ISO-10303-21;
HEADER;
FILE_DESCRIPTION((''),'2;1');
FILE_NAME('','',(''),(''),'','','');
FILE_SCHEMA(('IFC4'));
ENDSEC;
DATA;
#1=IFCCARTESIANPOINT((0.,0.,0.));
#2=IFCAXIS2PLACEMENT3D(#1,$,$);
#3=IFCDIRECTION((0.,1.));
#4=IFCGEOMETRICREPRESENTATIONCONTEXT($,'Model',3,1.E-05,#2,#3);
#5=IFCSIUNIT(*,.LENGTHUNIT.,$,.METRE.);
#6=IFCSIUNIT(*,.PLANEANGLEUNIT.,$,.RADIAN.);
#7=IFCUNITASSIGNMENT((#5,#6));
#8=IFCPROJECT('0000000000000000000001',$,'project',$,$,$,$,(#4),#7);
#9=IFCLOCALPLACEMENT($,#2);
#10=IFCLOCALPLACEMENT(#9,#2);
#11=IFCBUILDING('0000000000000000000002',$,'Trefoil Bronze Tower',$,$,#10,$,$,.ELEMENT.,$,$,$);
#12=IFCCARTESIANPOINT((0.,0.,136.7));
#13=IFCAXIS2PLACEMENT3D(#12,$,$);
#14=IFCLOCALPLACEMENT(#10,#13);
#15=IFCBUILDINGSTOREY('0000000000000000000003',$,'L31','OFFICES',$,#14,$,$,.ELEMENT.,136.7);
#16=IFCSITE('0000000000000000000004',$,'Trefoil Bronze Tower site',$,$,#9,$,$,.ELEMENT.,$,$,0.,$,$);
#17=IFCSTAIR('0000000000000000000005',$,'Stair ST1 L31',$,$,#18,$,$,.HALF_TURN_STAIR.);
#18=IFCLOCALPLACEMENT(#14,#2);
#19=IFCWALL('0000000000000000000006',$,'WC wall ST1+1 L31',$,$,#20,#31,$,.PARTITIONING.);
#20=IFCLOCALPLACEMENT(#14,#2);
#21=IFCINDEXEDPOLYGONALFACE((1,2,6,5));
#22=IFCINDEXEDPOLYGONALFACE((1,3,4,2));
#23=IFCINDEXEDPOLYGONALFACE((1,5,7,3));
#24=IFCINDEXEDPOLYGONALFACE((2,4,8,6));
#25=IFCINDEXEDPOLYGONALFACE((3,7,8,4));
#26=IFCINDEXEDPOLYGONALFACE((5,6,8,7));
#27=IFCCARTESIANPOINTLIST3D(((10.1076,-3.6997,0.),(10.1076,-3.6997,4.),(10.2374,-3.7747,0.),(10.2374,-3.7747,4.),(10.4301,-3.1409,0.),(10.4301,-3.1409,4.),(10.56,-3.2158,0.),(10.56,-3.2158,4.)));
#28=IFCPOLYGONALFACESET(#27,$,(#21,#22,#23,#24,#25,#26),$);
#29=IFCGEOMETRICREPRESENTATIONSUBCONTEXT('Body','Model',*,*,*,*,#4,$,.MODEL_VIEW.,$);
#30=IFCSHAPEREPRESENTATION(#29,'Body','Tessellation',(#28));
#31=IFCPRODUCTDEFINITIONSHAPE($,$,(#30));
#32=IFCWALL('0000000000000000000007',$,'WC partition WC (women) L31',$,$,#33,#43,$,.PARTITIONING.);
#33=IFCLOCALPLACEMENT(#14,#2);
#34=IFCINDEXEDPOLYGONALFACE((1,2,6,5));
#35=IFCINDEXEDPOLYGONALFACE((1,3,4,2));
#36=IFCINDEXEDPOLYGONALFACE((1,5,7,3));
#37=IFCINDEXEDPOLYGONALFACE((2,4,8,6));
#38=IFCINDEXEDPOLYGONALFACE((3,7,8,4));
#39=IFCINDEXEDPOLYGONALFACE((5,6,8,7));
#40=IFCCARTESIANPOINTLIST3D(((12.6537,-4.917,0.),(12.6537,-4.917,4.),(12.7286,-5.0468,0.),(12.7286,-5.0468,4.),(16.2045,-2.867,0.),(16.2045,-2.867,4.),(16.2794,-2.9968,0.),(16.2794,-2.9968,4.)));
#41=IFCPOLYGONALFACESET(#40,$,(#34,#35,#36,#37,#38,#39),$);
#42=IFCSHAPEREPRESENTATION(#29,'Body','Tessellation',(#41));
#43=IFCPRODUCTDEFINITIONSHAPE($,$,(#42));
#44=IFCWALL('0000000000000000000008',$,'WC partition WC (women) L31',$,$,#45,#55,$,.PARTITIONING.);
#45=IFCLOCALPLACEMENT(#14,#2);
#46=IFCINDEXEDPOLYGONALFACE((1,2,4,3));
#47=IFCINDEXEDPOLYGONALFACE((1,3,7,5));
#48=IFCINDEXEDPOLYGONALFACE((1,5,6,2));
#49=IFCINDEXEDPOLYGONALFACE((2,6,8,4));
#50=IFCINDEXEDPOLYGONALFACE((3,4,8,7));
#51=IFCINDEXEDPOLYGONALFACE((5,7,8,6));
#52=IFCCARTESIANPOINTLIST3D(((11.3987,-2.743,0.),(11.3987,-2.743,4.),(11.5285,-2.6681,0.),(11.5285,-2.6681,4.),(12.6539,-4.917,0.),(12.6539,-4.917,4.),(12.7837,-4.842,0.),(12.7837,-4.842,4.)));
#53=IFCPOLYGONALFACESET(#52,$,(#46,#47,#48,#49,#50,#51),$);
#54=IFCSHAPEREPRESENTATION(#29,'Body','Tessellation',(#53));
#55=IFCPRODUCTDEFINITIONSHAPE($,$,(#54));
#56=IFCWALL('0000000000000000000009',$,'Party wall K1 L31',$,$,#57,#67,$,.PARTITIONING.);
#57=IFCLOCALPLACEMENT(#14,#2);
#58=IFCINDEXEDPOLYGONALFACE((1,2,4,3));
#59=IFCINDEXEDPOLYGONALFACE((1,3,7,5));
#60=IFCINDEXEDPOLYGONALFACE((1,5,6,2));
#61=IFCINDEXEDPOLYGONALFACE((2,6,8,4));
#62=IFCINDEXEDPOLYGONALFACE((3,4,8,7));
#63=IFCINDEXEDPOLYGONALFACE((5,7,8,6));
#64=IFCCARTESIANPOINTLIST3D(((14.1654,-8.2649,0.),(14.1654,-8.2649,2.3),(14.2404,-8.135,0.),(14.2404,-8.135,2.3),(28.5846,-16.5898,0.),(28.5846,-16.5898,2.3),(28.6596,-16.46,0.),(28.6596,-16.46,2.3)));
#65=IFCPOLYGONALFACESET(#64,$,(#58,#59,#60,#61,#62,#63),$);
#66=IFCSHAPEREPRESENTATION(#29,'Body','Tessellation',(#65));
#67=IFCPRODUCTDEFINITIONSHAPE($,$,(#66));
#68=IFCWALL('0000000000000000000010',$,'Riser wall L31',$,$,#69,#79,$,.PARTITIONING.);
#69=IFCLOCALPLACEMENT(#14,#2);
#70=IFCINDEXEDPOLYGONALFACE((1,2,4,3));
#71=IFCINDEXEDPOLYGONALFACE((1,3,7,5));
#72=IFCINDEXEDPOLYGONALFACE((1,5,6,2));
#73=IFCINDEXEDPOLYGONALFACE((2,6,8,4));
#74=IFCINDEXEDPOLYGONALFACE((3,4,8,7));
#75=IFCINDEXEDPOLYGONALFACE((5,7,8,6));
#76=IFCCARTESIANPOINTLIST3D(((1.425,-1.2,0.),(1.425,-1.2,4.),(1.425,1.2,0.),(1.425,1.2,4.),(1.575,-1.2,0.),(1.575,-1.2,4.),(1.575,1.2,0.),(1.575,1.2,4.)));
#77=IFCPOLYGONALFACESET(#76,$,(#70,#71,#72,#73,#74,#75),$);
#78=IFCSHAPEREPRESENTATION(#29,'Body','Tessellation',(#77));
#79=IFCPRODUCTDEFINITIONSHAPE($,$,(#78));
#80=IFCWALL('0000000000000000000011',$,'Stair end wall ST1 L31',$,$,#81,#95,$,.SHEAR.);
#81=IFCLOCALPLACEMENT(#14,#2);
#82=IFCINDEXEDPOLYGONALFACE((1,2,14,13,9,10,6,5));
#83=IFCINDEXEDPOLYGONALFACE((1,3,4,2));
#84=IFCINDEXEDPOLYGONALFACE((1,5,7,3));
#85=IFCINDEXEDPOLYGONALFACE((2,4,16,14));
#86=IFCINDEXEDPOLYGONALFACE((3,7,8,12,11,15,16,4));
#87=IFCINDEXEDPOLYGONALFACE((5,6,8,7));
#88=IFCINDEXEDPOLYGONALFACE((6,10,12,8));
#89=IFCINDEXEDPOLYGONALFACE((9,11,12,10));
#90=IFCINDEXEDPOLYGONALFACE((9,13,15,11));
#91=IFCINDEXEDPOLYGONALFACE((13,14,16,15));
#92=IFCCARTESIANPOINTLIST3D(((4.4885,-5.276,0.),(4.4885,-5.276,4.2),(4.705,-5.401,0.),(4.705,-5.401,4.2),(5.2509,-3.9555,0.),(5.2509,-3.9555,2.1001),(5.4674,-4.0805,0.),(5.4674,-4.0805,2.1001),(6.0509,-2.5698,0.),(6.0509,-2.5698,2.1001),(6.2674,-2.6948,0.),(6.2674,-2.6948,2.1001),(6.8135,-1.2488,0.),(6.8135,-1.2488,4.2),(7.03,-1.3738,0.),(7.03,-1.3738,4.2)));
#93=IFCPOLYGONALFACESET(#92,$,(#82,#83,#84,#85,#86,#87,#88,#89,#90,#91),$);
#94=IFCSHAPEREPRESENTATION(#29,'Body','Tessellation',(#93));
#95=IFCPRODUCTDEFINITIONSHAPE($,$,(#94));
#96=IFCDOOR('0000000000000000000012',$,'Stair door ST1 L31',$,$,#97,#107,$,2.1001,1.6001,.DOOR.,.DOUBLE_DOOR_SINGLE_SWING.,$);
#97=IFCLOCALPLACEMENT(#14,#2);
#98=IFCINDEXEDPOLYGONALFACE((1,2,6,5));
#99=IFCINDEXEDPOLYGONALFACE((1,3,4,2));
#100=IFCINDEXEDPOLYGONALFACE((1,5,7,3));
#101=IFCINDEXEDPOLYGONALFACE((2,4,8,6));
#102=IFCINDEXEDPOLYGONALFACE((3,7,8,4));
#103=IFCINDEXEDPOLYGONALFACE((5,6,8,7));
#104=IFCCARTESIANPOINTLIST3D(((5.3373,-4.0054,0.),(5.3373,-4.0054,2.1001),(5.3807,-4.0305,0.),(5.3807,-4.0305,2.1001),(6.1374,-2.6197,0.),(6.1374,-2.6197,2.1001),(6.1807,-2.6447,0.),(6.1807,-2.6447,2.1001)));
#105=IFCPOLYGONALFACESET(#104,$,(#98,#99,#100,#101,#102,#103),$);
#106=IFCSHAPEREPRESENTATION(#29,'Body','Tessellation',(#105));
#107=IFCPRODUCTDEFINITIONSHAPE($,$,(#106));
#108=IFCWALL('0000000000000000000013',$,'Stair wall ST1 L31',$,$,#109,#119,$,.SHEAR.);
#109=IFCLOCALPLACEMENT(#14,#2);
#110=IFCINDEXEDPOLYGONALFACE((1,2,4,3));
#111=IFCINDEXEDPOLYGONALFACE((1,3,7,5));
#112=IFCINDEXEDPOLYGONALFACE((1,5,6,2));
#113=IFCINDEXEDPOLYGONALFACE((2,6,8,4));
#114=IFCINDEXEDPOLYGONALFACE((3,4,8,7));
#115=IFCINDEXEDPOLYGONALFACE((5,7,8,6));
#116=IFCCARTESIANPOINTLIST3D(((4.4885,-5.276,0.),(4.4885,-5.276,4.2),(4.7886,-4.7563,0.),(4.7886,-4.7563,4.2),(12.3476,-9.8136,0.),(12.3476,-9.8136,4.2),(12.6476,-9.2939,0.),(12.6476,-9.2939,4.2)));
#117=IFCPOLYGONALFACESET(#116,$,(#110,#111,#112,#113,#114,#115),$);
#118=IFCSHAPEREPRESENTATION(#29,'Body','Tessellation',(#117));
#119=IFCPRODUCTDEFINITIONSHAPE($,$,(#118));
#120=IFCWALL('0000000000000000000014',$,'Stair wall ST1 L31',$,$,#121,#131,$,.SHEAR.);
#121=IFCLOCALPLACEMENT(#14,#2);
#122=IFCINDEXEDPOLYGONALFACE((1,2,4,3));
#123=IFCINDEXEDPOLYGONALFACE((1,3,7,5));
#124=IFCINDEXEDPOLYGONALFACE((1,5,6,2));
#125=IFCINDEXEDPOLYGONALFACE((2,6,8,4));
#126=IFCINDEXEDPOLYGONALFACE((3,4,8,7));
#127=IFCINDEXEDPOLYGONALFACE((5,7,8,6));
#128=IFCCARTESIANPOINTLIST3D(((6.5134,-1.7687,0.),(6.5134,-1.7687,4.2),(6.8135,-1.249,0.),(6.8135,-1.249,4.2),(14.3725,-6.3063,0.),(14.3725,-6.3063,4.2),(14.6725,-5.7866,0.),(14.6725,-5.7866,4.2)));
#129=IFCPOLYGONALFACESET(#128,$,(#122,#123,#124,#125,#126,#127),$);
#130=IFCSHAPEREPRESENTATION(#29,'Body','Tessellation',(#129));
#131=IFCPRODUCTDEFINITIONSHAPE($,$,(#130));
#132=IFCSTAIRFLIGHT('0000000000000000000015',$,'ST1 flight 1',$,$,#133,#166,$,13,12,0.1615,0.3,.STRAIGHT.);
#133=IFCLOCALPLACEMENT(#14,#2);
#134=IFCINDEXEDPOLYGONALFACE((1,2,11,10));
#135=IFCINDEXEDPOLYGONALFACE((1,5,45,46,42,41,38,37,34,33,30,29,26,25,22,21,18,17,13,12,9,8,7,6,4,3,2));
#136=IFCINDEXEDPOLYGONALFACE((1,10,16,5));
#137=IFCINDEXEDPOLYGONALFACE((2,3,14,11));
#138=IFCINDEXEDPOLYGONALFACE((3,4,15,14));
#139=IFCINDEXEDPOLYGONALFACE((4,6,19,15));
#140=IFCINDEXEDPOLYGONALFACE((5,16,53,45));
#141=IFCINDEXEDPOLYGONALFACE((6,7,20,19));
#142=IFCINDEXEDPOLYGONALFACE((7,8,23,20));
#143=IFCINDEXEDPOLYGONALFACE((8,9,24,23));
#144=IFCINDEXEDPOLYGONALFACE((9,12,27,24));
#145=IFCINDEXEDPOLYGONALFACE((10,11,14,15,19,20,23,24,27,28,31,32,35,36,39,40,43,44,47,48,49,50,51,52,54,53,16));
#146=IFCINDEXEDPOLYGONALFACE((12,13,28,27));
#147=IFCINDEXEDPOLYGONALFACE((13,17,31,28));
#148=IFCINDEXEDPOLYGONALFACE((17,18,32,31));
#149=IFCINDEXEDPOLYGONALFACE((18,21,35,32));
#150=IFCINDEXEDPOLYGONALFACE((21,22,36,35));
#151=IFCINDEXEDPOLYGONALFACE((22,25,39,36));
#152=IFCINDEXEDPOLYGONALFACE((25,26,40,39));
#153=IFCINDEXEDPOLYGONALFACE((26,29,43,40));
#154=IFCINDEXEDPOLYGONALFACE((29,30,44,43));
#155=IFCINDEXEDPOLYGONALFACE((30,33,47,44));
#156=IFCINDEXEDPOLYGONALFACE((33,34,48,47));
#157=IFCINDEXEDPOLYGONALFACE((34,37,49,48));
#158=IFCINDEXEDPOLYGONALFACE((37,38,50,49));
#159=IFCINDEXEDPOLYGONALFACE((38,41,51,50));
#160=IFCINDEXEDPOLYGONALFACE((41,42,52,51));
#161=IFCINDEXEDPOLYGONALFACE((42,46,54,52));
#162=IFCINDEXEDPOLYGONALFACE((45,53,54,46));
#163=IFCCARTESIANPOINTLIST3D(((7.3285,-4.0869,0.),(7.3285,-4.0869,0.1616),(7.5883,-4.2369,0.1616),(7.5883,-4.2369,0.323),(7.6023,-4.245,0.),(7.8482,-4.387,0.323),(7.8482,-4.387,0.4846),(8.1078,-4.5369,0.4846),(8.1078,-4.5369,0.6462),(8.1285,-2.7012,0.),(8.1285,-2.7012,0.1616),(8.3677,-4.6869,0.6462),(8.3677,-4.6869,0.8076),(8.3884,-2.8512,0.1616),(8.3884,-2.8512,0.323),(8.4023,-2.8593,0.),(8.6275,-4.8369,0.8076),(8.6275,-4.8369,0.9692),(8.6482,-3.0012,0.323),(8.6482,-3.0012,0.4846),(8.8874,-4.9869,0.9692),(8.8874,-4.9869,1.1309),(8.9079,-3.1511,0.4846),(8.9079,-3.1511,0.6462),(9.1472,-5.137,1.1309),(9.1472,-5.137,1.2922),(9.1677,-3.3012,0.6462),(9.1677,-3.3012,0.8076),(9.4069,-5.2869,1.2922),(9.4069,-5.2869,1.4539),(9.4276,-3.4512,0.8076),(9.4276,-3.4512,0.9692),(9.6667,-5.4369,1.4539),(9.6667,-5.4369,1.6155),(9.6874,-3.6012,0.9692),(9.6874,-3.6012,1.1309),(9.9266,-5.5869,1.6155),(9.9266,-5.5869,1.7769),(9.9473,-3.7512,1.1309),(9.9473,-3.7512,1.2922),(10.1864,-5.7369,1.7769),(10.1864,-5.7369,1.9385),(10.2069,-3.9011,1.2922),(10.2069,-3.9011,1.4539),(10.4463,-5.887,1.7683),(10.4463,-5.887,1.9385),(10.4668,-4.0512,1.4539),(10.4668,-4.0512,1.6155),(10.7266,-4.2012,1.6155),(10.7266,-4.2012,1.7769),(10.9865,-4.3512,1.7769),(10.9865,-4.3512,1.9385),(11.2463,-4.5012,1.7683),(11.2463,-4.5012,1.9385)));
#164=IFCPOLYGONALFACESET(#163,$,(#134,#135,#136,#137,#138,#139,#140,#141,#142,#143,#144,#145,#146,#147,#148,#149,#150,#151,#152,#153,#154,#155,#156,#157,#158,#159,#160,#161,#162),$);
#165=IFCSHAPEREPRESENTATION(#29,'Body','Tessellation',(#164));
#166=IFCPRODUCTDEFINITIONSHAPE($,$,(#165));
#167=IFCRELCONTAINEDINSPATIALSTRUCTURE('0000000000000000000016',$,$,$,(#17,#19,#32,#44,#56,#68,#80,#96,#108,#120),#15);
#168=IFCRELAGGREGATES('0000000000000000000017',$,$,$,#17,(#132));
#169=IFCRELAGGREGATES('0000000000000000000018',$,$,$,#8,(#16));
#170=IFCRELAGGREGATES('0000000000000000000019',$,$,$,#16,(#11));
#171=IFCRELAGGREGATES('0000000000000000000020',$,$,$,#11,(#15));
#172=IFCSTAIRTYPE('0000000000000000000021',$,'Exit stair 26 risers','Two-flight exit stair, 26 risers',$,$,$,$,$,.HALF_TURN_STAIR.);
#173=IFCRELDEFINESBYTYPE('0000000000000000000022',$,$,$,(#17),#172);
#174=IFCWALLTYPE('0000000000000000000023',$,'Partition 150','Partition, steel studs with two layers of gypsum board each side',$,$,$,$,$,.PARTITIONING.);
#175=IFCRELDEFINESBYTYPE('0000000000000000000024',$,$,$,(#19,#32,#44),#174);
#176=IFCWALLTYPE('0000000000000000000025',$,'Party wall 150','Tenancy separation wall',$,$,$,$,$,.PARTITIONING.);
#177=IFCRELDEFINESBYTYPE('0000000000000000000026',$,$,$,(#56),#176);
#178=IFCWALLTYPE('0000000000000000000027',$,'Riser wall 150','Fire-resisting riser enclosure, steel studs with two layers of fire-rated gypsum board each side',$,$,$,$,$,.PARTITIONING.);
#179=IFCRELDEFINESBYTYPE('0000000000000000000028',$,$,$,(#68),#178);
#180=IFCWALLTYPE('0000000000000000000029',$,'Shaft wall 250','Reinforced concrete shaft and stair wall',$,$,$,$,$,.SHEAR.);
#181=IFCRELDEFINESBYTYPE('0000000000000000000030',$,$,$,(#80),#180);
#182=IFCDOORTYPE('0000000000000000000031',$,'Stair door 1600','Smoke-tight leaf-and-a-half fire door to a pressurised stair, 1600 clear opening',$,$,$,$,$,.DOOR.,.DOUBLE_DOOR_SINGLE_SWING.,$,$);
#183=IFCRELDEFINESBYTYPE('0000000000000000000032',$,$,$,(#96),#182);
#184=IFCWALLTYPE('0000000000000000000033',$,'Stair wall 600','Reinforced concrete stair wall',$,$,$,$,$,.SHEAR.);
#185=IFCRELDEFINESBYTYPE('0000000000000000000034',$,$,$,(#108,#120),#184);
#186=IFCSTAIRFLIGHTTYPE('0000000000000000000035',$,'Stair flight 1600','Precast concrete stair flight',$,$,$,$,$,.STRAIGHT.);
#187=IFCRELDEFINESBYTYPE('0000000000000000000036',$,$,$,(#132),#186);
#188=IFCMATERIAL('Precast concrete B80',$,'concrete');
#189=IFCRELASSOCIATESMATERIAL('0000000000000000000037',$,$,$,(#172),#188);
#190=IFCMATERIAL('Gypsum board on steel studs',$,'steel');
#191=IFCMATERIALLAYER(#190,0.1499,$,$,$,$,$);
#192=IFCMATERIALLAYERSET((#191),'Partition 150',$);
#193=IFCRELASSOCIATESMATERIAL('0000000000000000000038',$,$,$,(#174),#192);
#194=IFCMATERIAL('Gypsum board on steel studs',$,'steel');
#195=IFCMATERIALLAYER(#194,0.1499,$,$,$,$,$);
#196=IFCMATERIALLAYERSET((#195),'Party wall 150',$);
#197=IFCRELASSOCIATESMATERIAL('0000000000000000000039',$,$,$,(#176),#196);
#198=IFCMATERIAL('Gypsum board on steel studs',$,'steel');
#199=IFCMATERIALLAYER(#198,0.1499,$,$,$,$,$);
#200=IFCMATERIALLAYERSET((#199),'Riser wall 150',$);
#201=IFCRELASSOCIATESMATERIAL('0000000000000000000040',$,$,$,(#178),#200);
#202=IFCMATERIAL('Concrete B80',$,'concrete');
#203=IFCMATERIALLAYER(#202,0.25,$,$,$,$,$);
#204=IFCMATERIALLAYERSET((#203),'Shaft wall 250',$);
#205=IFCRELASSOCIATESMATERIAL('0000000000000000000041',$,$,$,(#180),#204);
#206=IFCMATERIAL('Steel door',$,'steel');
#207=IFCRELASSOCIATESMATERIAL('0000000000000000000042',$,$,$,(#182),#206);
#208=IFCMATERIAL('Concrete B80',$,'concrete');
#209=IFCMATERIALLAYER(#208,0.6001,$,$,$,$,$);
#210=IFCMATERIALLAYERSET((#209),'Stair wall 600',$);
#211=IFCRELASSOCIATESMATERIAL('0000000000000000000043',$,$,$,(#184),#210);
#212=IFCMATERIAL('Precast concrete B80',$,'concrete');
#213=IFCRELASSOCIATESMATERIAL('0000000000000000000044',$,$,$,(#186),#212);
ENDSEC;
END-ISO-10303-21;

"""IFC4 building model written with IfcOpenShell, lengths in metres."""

from ifc_helpers import new_model, si_unit, direction, frame, frame_2d, origin, place, context, subcontext, project, spatial, polyline, rectangle, outline, extrude, material, layer, layer_set, type_object, element, fill, aggregate, save


model = new_model("IFC4")

# Units and contexts
model_context = context("Model", 3, precision=1e-05, world=origin(), true_north=direction((0.0, 1.0)))
body_context = subcontext(model_context, "Body", "Model", "MODEL_VIEW")
ifc_project = project(units=[si_unit("LENGTHUNIT", "METRE"), si_unit("PLANEANGLEUNIT", "RADIAN")], contexts=[model_context])

# Site, building, storey
site_placement = place(None, origin())
site = spatial("IfcSite", under=ifc_project, at=site_placement, Name="Trefoil Bronze Tower site", CompositionType="ELEMENT", RefElevation=0.0)
building_placement = place(site_placement, origin())
building = spatial("IfcBuilding", under=site, at=building_placement, Name="Trefoil Bronze Tower", CompositionType="ELEMENT")
storey_placement = place(building_placement, frame((0.0, 0.0, 136.7)))
storey = spatial("IfcBuildingStorey", under=building, at=storey_placement, Name="L31", Description="OFFICES", CompositionType="ELEMENT", Elevation=136.7)

# Stair
ifc_material_1 = material(Name="Precast concrete B80", Category="concrete")
stair_type = type_object("IfcStairType", Name="Exit stair 26 risers", Description="Two-flight exit stair, 26 risers", PredefinedType="HALF_TURN_STAIR", material=ifc_material_1)
stair_1_placement = place(storey_placement, origin())
stair_1 = element("IfcStair", 1, at=stair_1_placement, inside=storey, type_object=stair_type, Name="Stair ST1 L31", PredefinedType="HALF_TURN_STAIR")

# Shared definitions
ifc_material_2 = material(Name="Gypsum board on steel studs", Category="steel")
ifc_layer_1 = layer(ifc_material_2, 0.1499)
ifc_layer_set_1 = layer_set([ifc_layer_1], Name="Partition 150")
wall_type_1 = type_object("IfcWallType", Name="Partition 150", Description="Partition, steel studs with two layers of gypsum board each side", PredefinedType="PARTITIONING", material=ifc_layer_set_1)

# Walls
for number, where, z_axis, x_axis, name in (
    (2, (10.4951, -3.1782, 0.0), (0.0, 0.0, 1.0), (-0.499843, -0.866116, 0.0), "WC wall ST1+1 L31"),
):
    element("IfcWall", number, at=place(storey_placement, frame(where, z_axis=z_axis, x_axis=x_axis)), inside=storey, type_object=wall_type_1, Name=name, PredefinedType="PARTITIONING", context=body_context, shape_type="SweptSolid", body=[
        extrude(rectangle(XDim=0.6453, YDim=0.1499, at=frame_2d((0.3228, 0.0))), origin(), (0.0, 0.0, 1.0), 4.0),
    ])
wall_1_placement = place(storey_placement, frame((12.6912, -4.9819, 0.0), z_axis=(0.0, 0.0, 1.0), x_axis=(0.866025, 0.500001, 0.0)))
element("IfcWall", 3, at=wall_1_placement, inside=storey, type_object=wall_type_1, Name="WC partition WC (women) L31", PredefinedType="PARTITIONING", context=body_context, shape_type="SweptSolid", body=[
    extrude(rectangle(XDim=4.1001, YDim=0.1499, at=frame_2d((2.05, 0.0))), origin(), (0.0, 0.0, 1.0), 4.0),
])
wall_2_placement = place(storey_placement, frame((11.4636, -2.7056, 0.0), z_axis=(0.0, 0.0, 1.0), x_axis=(0.50002, -0.866014, 0.0)))
element("IfcWall", 4, at=wall_2_placement, inside=storey, type_object=wall_type_1, Name="WC partition WC (women) L31", PredefinedType="PARTITIONING", context=body_context, shape_type="SweptSolid", body=[
    extrude(rectangle(XDim=2.5103, YDim=0.1499, at=frame_2d((1.2551, 0.0))), origin(), (0.0, 0.0, 1.0), 4.0),
])
ifc_material_3 = material(Name="Gypsum board on steel studs", Category="steel")
ifc_layer_2 = layer(ifc_material_3, 0.1499)
ifc_layer_set_2 = layer_set([ifc_layer_2], Name="Party wall 150")
wall_type_2 = type_object("IfcWallType", Name="Party wall 150", Description="Tenancy separation wall", PredefinedType="PARTITIONING", material=ifc_layer_set_2)
wall_3_placement = place(storey_placement, frame((14.2029, -8.2, 0.0), z_axis=(0.0, 0.0, 1.0), x_axis=(0.866025, -0.500001, 0.0)))
element("IfcWall", 5, at=wall_3_placement, inside=storey, type_object=wall_type_2, Name="Party wall K1 L31", PredefinedType="PARTITIONING", context=body_context, shape_type="SweptSolid", body=[
    extrude(rectangle(XDim=16.6499, YDim=0.1499, at=frame_2d((8.325, 0.0))), origin(), (0.0, 0.0, 1.0), 2.3),
])
ifc_material_4 = material(Name="Gypsum board on steel studs", Category="steel")
ifc_layer_3 = layer(ifc_material_4, 0.1499)
ifc_layer_set_3 = layer_set([ifc_layer_3], Name="Riser wall 150")
wall_type_3 = type_object("IfcWallType", Name="Riser wall 150", Description="Fire-resisting riser enclosure, steel studs with two layers of fire-rated gypsum board each side", PredefinedType="PARTITIONING", material=ifc_layer_set_3)
wall_4_placement = place(storey_placement, frame((1.5, -1.2, 0.0), z_axis=(0.0, 0.0, 1.0), x_axis=(0.0, 1.0, 0.0)))
element("IfcWall", 6, at=wall_4_placement, inside=storey, type_object=wall_type_3, Name="Riser wall L31", PredefinedType="PARTITIONING", context=body_context, shape_type="SweptSolid", body=[
    extrude(rectangle(XDim=2.3999, YDim=0.1499, at=frame_2d((1.2, 0.0))), origin(), (0.0, 0.0, 1.0), 4.0),
])

# Wall, opening, door
ifc_material_5 = material(Name="Concrete B80", Category="concrete")
ifc_layer_4 = layer(ifc_material_5, 0.25)
ifc_layer_set_4 = layer_set([ifc_layer_4], Name="Shaft wall 250")
wall_type_4 = type_object("IfcWallType", Name="Shaft wall 250", Description="Reinforced concrete shaft and stair wall", PredefinedType="SHEAR", material=ifc_layer_set_4)
wall_5_placement = place(storey_placement, frame((4.5967, -5.3386, 0.0), z_axis=(0.0, 0.0, 1.0), x_axis=(0.499985, 0.866034, 0.0)))
wall_5 = element("IfcWall", 7, at=wall_5_placement, inside=storey, type_object=wall_type_4, Name="Stair end wall ST1 L31", PredefinedType="SHEAR", context=body_context, shape_type="SweptSolid", body=[
    extrude(rectangle(XDim=4.6501, YDim=0.25, at=frame_2d((2.3252, 0.0))), origin(), (0.0, 0.0, 1.0), 4.2),
])
opening_1_placement = place(wall_5_placement, frame((1.5249, 0.0, 0.0)))
opening_1 = element("IfcOpeningElement", 8, at=opening_1_placement, cuts=wall_5, PredefinedType="OPENING", context=body_context, shape_type="SweptSolid", body=[
    extrude(rectangle(XDim=1.6001, YDim=2.1001, at=frame_2d((0.8, 1.05))), frame((0.0, 0.135, 0.0), z_axis=(0.0, -1.0, 0.0), x_axis=(1.0, 0.0, 0.0)), (0.0, 0.0, 1.0), 0.27),
])
ifc_material_6 = material(Name="Steel door", Category="steel")
door_type_1 = type_object("IfcDoorType", Name="Stair door 1600", Description="Smoke-tight leaf-and-a-half fire door to a pressurised stair, 1600 clear opening", OperationType="DOUBLE_DOOR_SINGLE_SWING", PredefinedType="DOOR", material=ifc_material_6)
door_1_placement = place(opening_1_placement, frame((1.6001, 0.0, 0.0), z_axis=(0.0, 0.0, 1.0), x_axis=(-1.0, 0.0, 0.0)))
door_1 = element("IfcDoor", 9, at=door_1_placement, inside=storey, type_object=door_type_1, Name="Stair door ST1 L31", OperationType="DOUBLE_DOOR_SINGLE_SWING", OverallHeight=2.1001, OverallWidth=1.6001, PredefinedType="DOOR", context=body_context, shape_type="SweptSolid", body=[
    extrude(rectangle(XDim=1.6001, YDim=2.1001, at=frame_2d((0.8, 1.05))), frame((0.0, 0.0249, 0.0), z_axis=(0.0, -1.0, 0.0), x_axis=(1.0, 0.0, 0.0)), (0.0, 0.0, 1.0), 0.05),
])
fill(opening_1, door_1)

# Walls
ifc_material_7 = material(Name="Concrete B80", Category="concrete")
ifc_layer_5 = layer(ifc_material_7, 0.6001)
ifc_layer_set_5 = layer_set([ifc_layer_5], Name="Stair wall 600")
wall_type_5 = type_object("IfcWallType", Name="Stair wall 600", Description="Reinforced concrete stair wall", PredefinedType="SHEAR", material=ifc_layer_set_5)
for number, where, z_axis, x_axis, name in (
    (10, (4.6384, -5.0161, 0.0), (0.0, 0.0, 1.0), (0.866019, -0.50001, 0.0), "Stair wall ST1 L31"),
    (11, (6.6633, -1.5088, 0.0), (0.0, 0.0, 1.0), (0.866019, -0.50001, 0.0), "Stair wall ST1 L31"),
):
    element("IfcWall", number, at=place(storey_placement, frame(where, z_axis=z_axis, x_axis=x_axis)), inside=storey, type_object=wall_type_5, Name=name, PredefinedType="SHEAR", context=body_context, shape_type="SweptSolid", body=[
        extrude(rectangle(XDim=9.075, YDim=0.6001, at=frame_2d((4.5376, 0.0))), origin(), (0.0, 0.0, 1.0), 4.2),
    ])

# Stair flight
ifc_material_8 = material(Name="Precast concrete B80", Category="concrete")
stair_flight_type = type_object("IfcStairFlightType", Name="Stair flight 1600", Description="Precast concrete stair flight", PredefinedType="STRAIGHT", material=ifc_material_8)
stair_flight_1_placement = place(storey_placement, frame((7.7285, -3.394, 0.0), z_axis=(0.0, 0.0, 1.0), x_axis=(0.866025, -0.5, 0.0)))
stair_flight_1 = element("IfcStairFlight", 12, at=stair_flight_1_placement, type_object=stair_flight_type, Name="ST1 flight 1", NumberOfRisers=13, NumberOfTreads=12, PredefinedType="STRAIGHT", RiserHeight=0.1615, TreadLength=0.3, context=body_context, shape_type="SweptSolid", body=[
    extrude(outline(polyline([(0.0, 0.0), (0.0, 0.1616), (0.3, 0.1616), (0.3, 0.323), (0.6001, 0.323), (0.6001, 0.4846), (0.8999, 0.4846), (0.8999, 0.6462), (1.2, 0.6462), (1.2, 0.8076), (1.5, 0.8076), (1.5, 0.9692), (1.8, 0.9692), (1.8, 1.1309), (2.1001, 1.1309), (2.1001, 1.2922), (2.3999, 1.2922), (2.3999, 1.4539), (2.7, 1.4539), (2.7, 1.6155), (3.0, 1.6155), (3.0, 1.7769), (3.3, 1.7769), (3.3, 1.9385), (3.6001, 1.9385), (3.6001, 2.1001), (3.6001, 1.7683), (0.3162, 0.0), (0.0, 0.0)])), frame((0.0, 0.8, 0.0), z_axis=(0.0, -1.0, 0.0), x_axis=(1.0, 0.0, 0.0)), (0.0, 0.0, 1.0), 1.6001),
])
aggregate(stair_1, [stair_flight_1])

save(model, "model.ifc")
